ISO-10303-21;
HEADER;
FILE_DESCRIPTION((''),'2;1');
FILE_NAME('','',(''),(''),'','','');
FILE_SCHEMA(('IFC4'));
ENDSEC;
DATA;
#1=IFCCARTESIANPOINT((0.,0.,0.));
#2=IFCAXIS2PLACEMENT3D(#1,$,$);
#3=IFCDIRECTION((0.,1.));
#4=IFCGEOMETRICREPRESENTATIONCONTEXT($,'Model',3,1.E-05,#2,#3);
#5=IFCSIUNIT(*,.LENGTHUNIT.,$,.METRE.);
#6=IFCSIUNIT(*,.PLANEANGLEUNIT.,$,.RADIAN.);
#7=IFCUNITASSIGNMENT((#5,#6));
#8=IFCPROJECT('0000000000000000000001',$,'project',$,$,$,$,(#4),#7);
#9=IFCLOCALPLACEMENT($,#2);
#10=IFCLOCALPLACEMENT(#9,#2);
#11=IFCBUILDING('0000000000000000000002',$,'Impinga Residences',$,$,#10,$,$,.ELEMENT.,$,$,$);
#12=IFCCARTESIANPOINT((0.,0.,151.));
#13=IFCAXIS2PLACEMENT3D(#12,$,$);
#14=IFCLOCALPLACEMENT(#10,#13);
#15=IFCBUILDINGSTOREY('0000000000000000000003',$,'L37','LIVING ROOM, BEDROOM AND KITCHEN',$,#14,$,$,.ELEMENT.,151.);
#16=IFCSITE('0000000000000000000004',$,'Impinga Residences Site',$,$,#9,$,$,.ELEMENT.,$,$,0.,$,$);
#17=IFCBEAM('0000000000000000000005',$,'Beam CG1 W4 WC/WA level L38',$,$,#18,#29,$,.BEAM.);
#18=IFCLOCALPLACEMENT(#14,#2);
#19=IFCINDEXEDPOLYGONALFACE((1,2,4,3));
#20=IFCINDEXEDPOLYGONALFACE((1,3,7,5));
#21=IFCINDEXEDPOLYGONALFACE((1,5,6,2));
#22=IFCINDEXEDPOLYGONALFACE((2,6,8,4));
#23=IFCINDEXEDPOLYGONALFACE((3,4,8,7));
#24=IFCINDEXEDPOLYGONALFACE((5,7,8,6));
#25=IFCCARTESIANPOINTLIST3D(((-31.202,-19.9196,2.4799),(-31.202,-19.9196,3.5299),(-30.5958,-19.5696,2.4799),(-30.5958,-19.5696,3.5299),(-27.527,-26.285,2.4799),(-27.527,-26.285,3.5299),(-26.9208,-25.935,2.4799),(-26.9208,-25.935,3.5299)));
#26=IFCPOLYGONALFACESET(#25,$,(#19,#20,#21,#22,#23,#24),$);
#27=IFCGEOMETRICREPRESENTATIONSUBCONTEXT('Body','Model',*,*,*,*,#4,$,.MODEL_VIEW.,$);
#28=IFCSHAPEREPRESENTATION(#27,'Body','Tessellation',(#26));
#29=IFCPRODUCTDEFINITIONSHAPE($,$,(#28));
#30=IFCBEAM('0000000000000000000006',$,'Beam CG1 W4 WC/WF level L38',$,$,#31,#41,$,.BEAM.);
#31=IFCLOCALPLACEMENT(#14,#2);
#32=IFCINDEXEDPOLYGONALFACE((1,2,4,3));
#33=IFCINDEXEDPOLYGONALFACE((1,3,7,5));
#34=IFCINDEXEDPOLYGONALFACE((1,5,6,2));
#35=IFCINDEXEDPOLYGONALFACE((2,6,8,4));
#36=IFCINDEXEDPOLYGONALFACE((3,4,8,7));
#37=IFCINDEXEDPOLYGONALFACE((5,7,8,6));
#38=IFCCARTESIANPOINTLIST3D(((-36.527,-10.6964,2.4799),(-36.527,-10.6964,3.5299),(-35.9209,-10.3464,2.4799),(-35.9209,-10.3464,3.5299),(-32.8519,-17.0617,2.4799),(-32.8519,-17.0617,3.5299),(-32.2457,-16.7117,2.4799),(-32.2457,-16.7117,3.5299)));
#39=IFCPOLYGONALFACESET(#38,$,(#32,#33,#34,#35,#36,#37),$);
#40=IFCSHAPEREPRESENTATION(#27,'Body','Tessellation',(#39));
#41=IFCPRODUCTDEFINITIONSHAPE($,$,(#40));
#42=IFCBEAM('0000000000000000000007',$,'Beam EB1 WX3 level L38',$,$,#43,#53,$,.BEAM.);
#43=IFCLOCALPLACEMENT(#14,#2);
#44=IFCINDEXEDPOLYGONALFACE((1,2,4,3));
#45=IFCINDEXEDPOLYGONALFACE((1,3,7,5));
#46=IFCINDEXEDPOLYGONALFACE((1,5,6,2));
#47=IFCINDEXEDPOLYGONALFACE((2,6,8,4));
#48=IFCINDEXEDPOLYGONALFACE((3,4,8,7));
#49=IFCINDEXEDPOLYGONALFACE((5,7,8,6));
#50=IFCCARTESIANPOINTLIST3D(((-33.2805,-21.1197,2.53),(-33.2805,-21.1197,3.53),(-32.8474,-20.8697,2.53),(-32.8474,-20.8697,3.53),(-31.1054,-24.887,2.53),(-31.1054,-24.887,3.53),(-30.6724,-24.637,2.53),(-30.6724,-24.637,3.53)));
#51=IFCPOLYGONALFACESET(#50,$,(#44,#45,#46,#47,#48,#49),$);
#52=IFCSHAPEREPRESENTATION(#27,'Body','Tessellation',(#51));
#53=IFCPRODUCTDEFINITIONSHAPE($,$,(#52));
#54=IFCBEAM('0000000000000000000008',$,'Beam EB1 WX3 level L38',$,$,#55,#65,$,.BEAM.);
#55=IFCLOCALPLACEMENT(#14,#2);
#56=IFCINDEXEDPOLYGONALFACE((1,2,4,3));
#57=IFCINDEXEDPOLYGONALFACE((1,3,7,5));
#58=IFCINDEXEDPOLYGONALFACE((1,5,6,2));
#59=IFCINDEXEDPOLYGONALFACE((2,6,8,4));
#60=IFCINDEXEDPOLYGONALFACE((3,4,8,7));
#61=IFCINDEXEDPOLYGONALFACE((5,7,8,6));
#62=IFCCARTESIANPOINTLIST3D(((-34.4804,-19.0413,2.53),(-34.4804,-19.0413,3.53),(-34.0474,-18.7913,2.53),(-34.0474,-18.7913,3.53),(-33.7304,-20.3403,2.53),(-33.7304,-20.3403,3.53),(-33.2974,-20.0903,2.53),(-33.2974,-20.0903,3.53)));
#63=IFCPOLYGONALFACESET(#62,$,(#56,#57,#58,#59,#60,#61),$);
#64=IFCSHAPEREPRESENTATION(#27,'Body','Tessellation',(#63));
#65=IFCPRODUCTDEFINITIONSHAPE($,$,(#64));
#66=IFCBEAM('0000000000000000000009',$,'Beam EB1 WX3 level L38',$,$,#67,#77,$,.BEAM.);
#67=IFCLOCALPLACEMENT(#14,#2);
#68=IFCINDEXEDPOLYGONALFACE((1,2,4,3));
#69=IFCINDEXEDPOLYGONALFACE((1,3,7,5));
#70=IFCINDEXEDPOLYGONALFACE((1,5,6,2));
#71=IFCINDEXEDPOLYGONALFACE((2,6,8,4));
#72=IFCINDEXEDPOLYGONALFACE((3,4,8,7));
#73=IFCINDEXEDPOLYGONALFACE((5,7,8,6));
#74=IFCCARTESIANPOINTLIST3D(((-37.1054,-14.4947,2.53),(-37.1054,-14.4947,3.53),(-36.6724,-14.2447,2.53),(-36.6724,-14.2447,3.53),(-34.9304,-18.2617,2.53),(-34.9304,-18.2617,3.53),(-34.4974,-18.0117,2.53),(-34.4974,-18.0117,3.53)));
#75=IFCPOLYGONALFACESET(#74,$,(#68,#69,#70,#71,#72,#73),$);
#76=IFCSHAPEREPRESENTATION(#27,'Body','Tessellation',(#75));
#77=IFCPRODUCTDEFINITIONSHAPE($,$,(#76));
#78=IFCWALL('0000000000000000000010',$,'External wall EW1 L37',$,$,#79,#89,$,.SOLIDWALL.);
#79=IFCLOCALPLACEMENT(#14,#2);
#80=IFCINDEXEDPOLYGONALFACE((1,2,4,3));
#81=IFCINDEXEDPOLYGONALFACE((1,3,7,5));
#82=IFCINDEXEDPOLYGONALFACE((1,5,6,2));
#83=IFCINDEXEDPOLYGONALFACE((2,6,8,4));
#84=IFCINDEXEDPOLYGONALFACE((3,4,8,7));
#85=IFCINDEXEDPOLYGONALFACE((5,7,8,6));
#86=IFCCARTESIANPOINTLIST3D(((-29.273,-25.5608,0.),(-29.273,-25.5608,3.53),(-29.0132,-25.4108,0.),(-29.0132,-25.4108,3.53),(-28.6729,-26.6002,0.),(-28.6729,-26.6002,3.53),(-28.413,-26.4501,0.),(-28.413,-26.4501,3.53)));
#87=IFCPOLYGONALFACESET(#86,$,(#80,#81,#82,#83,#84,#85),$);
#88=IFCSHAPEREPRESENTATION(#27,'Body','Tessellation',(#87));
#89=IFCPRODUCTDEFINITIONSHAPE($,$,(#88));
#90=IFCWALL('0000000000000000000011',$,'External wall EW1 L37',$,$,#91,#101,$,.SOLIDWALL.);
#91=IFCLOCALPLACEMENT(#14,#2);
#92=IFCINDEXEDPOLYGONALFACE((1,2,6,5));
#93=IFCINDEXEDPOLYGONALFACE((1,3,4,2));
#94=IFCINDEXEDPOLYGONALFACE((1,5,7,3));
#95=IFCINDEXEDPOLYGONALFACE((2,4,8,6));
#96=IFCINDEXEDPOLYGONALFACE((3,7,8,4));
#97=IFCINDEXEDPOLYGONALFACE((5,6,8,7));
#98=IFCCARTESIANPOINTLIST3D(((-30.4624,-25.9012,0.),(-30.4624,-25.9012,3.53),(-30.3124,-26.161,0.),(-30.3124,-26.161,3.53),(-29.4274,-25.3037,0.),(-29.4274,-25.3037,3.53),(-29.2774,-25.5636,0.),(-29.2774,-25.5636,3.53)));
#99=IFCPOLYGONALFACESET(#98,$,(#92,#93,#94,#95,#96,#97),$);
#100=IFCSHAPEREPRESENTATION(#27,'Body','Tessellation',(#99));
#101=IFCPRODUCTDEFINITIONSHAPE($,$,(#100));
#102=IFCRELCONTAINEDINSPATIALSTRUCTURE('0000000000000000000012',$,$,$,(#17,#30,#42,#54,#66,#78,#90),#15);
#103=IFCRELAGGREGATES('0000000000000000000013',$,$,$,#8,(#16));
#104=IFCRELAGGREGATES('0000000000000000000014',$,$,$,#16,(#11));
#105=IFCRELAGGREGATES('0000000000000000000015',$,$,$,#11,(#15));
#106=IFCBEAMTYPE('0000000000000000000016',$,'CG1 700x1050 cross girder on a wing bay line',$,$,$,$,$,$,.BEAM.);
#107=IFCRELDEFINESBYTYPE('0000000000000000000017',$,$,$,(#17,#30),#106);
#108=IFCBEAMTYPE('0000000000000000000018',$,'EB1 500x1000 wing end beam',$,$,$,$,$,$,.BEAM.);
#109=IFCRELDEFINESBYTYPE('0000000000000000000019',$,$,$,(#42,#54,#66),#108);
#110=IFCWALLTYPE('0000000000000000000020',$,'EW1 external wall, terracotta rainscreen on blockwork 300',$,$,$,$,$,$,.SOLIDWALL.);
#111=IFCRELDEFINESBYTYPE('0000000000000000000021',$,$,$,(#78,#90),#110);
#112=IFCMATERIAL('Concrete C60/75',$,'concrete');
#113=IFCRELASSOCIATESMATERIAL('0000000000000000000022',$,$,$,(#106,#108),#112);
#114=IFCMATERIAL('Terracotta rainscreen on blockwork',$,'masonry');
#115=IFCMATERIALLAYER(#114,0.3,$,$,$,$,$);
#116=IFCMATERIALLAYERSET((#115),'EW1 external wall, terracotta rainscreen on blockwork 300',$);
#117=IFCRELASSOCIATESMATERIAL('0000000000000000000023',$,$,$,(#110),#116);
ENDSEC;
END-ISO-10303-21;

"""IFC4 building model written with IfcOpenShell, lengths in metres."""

from ifc_helpers import new_model, si_unit, direction, frame, frame_2d, origin, origin_2d, place, context, subcontext, project, spatial, rectangle, extrude, material, layer, layer_set, material_profile, profile_set, type_object, element, save


model = new_model("IFC4")

# Units and contexts
model_context = context("Model", 3, precision=1e-05, world=origin(), true_north=direction((0.0, 1.0)))
body_context = subcontext(model_context, "Body", "Model", "MODEL_VIEW")
ifc_project = project(units=[si_unit("LENGTHUNIT", "METRE"), si_unit("PLANEANGLEUNIT", "RADIAN")], contexts=[model_context])

# Site, building, storey
site_placement = place(None, origin())
site = spatial("IfcSite", under=ifc_project, at=site_placement, Name="Impinga Residences Site", CompositionType="ELEMENT", RefElevation=0.0)
building_placement = place(site_placement, origin())
building = spatial("IfcBuilding", under=site, at=building_placement, Name="Impinga Residences", CompositionType="ELEMENT")
storey_placement = place(building_placement, frame((0.0, 0.0, 151.0)))
storey = spatial("IfcBuildingStorey", under=building, at=storey_placement, Name="L37", Description="LIVING ROOM, BEDROOM AND KITCHEN", CompositionType="ELEMENT", Elevation=151.0)

# Beams
ifc_material_1 = material(Name="Concrete C60/75", Category="concrete")
ifc_material_profile_1 = material_profile(ifc_material_1, rectangle(XDim=0.7, YDim=1.05, at=origin_2d()), Name="RC 700x1050")
ifc_profile_set_1 = profile_set([ifc_material_profile_1], Name="Concrete C60/75")
beam_type_1 = type_object("IfcBeamType", Name="CG1 700x1050 cross girder on a wing bay line", PredefinedType="BEAM", material=ifc_profile_set_1)
for number, where, z_axis, x_axis, name in (
    (1, (-30.8989, -19.7446, 3.0049), (0.499994, -0.866029, 0.0), (0.866029, 0.499994, 0.0), "Beam CG1 W4 WC/WA level L38"),
    (2, (-32.5488, -16.8867, 3.0049), (-0.500008, 0.866021, 0.0), (-0.866021, -0.500008, 0.0), "Beam CG1 W4 WC/WF level L38"),
):
    element("IfcBeam", number, at=place(storey_placement, frame(where, z_axis=z_axis, x_axis=x_axis)), inside=storey, type_object=beam_type_1, Name=name, PredefinedType="BEAM", context=body_context, shape_type="SweptSolid", body=[
        extrude(rectangle(XDim=0.7, YDim=1.05, at=origin_2d()), origin(), (0.0, 0.0, 1.0), 7.3501),
    ])
ifc_material_profile_2 = material_profile(ifc_material_1, rectangle(XDim=0.5, YDim=1.0, at=origin_2d()), Name="RC 500x1000")
ifc_profile_set_2 = profile_set([ifc_material_profile_2], Name="Concrete C60/75")
beam_type_2 = type_object("IfcBeamType", Name="EB1 500x1000 wing end beam", PredefinedType="BEAM", material=ifc_profile_set_2)
beam_1_placement = place(storey_placement, frame((-30.8889, -24.762, 3.03), z_axis=(-0.499996, 0.866028, 0.0), x_axis=(-0.866028, -0.499996, 0.0)))
element("IfcBeam", 3, at=beam_1_placement, inside=storey, type_object=beam_type_2, Name="Beam EB1 WX3 level L38", PredefinedType="BEAM", context=body_context, shape_type="SweptSolid", body=[
    extrude(rectangle(XDim=0.5, YDim=1.0, at=origin_2d()), origin(), (0.0, 0.0, 1.0), 4.3501),
])
beam_2_placement = place(storey_placement, frame((-33.5139, -20.2153, 3.03), z_axis=(-0.49999, 0.866031, 0.0), x_axis=(-0.866031, -0.49999, 0.0)))
element("IfcBeam", 4, at=beam_2_placement, inside=storey, type_object=beam_type_2, Name="Beam EB1 WX3 level L38", PredefinedType="BEAM", context=body_context, shape_type="SweptSolid", body=[
    extrude(rectangle(XDim=0.5, YDim=1.0, at=origin_2d()), origin(), (0.0, 0.0, 1.0), 1.5),
])
beam_3_placement = place(storey_placement, frame((-34.7139, -18.1367, 3.03), z_axis=(-0.50002, 0.866014, 0.0), x_axis=(-0.866014, -0.50002, 0.0)))
element("IfcBeam", 5, at=beam_3_placement, inside=storey, type_object=beam_type_2, Name="Beam EB1 WX3 level L38", PredefinedType="BEAM", context=body_context, shape_type="SweptSolid", body=[
    extrude(rectangle(XDim=0.5, YDim=1.0, at=origin_2d()), origin(), (0.0, 0.0, 1.0), 4.3499),
])

# Walls
ifc_material_2 = material(Name="Terracotta rainscreen on blockwork", Category="masonry")
ifc_layer_1 = layer(ifc_material_2, 0.3)
ifc_layer_set_1 = layer_set([ifc_layer_1], Name="EW1 external wall, terracotta rainscreen on blockwork 300")
wall_type_1 = type_object("IfcWallType", Name="EW1 external wall, terracotta rainscreen on blockwork 300", PredefinedType="SOLIDWALL", material=ifc_layer_set_1)
wall_1_placement = place(storey_placement, frame((-28.543, -26.5251, 0.0), z_axis=(0.0, 0.0, 1.0), x_axis=(-0.500034, 0.866006, 0.0)))
element("IfcWall", 6, at=wall_1_placement, inside=storey, type_object=wall_type_1, Name="External wall EW1 L37", PredefinedType="SOLIDWALL", context=body_context, shape_type="SweptSolid", body=[
    extrude(rectangle(XDim=1.2002, YDim=0.3, at=frame_2d((0.6001, 0.0))), origin(), (0.0, 0.0, 1.0), 3.53),
])
wall_2_placement = place(storey_placement, frame((-29.3523, -25.4336, 0.0), z_axis=(0.0, 0.0, 1.0), x_axis=(-0.86606, -0.499941, 0.0)))
element("IfcWall", 7, at=wall_2_placement, inside=storey, type_object=wall_type_1, Name="External wall EW1 L37", PredefinedType="SOLIDWALL", context=body_context, shape_type="SweptSolid", body=[
    extrude(rectangle(XDim=1.1951, YDim=0.3, at=frame_2d((0.5977, 0.0))), origin(), (0.0, 0.0, 1.0), 3.53),
])

save(model, "model.ifc")
